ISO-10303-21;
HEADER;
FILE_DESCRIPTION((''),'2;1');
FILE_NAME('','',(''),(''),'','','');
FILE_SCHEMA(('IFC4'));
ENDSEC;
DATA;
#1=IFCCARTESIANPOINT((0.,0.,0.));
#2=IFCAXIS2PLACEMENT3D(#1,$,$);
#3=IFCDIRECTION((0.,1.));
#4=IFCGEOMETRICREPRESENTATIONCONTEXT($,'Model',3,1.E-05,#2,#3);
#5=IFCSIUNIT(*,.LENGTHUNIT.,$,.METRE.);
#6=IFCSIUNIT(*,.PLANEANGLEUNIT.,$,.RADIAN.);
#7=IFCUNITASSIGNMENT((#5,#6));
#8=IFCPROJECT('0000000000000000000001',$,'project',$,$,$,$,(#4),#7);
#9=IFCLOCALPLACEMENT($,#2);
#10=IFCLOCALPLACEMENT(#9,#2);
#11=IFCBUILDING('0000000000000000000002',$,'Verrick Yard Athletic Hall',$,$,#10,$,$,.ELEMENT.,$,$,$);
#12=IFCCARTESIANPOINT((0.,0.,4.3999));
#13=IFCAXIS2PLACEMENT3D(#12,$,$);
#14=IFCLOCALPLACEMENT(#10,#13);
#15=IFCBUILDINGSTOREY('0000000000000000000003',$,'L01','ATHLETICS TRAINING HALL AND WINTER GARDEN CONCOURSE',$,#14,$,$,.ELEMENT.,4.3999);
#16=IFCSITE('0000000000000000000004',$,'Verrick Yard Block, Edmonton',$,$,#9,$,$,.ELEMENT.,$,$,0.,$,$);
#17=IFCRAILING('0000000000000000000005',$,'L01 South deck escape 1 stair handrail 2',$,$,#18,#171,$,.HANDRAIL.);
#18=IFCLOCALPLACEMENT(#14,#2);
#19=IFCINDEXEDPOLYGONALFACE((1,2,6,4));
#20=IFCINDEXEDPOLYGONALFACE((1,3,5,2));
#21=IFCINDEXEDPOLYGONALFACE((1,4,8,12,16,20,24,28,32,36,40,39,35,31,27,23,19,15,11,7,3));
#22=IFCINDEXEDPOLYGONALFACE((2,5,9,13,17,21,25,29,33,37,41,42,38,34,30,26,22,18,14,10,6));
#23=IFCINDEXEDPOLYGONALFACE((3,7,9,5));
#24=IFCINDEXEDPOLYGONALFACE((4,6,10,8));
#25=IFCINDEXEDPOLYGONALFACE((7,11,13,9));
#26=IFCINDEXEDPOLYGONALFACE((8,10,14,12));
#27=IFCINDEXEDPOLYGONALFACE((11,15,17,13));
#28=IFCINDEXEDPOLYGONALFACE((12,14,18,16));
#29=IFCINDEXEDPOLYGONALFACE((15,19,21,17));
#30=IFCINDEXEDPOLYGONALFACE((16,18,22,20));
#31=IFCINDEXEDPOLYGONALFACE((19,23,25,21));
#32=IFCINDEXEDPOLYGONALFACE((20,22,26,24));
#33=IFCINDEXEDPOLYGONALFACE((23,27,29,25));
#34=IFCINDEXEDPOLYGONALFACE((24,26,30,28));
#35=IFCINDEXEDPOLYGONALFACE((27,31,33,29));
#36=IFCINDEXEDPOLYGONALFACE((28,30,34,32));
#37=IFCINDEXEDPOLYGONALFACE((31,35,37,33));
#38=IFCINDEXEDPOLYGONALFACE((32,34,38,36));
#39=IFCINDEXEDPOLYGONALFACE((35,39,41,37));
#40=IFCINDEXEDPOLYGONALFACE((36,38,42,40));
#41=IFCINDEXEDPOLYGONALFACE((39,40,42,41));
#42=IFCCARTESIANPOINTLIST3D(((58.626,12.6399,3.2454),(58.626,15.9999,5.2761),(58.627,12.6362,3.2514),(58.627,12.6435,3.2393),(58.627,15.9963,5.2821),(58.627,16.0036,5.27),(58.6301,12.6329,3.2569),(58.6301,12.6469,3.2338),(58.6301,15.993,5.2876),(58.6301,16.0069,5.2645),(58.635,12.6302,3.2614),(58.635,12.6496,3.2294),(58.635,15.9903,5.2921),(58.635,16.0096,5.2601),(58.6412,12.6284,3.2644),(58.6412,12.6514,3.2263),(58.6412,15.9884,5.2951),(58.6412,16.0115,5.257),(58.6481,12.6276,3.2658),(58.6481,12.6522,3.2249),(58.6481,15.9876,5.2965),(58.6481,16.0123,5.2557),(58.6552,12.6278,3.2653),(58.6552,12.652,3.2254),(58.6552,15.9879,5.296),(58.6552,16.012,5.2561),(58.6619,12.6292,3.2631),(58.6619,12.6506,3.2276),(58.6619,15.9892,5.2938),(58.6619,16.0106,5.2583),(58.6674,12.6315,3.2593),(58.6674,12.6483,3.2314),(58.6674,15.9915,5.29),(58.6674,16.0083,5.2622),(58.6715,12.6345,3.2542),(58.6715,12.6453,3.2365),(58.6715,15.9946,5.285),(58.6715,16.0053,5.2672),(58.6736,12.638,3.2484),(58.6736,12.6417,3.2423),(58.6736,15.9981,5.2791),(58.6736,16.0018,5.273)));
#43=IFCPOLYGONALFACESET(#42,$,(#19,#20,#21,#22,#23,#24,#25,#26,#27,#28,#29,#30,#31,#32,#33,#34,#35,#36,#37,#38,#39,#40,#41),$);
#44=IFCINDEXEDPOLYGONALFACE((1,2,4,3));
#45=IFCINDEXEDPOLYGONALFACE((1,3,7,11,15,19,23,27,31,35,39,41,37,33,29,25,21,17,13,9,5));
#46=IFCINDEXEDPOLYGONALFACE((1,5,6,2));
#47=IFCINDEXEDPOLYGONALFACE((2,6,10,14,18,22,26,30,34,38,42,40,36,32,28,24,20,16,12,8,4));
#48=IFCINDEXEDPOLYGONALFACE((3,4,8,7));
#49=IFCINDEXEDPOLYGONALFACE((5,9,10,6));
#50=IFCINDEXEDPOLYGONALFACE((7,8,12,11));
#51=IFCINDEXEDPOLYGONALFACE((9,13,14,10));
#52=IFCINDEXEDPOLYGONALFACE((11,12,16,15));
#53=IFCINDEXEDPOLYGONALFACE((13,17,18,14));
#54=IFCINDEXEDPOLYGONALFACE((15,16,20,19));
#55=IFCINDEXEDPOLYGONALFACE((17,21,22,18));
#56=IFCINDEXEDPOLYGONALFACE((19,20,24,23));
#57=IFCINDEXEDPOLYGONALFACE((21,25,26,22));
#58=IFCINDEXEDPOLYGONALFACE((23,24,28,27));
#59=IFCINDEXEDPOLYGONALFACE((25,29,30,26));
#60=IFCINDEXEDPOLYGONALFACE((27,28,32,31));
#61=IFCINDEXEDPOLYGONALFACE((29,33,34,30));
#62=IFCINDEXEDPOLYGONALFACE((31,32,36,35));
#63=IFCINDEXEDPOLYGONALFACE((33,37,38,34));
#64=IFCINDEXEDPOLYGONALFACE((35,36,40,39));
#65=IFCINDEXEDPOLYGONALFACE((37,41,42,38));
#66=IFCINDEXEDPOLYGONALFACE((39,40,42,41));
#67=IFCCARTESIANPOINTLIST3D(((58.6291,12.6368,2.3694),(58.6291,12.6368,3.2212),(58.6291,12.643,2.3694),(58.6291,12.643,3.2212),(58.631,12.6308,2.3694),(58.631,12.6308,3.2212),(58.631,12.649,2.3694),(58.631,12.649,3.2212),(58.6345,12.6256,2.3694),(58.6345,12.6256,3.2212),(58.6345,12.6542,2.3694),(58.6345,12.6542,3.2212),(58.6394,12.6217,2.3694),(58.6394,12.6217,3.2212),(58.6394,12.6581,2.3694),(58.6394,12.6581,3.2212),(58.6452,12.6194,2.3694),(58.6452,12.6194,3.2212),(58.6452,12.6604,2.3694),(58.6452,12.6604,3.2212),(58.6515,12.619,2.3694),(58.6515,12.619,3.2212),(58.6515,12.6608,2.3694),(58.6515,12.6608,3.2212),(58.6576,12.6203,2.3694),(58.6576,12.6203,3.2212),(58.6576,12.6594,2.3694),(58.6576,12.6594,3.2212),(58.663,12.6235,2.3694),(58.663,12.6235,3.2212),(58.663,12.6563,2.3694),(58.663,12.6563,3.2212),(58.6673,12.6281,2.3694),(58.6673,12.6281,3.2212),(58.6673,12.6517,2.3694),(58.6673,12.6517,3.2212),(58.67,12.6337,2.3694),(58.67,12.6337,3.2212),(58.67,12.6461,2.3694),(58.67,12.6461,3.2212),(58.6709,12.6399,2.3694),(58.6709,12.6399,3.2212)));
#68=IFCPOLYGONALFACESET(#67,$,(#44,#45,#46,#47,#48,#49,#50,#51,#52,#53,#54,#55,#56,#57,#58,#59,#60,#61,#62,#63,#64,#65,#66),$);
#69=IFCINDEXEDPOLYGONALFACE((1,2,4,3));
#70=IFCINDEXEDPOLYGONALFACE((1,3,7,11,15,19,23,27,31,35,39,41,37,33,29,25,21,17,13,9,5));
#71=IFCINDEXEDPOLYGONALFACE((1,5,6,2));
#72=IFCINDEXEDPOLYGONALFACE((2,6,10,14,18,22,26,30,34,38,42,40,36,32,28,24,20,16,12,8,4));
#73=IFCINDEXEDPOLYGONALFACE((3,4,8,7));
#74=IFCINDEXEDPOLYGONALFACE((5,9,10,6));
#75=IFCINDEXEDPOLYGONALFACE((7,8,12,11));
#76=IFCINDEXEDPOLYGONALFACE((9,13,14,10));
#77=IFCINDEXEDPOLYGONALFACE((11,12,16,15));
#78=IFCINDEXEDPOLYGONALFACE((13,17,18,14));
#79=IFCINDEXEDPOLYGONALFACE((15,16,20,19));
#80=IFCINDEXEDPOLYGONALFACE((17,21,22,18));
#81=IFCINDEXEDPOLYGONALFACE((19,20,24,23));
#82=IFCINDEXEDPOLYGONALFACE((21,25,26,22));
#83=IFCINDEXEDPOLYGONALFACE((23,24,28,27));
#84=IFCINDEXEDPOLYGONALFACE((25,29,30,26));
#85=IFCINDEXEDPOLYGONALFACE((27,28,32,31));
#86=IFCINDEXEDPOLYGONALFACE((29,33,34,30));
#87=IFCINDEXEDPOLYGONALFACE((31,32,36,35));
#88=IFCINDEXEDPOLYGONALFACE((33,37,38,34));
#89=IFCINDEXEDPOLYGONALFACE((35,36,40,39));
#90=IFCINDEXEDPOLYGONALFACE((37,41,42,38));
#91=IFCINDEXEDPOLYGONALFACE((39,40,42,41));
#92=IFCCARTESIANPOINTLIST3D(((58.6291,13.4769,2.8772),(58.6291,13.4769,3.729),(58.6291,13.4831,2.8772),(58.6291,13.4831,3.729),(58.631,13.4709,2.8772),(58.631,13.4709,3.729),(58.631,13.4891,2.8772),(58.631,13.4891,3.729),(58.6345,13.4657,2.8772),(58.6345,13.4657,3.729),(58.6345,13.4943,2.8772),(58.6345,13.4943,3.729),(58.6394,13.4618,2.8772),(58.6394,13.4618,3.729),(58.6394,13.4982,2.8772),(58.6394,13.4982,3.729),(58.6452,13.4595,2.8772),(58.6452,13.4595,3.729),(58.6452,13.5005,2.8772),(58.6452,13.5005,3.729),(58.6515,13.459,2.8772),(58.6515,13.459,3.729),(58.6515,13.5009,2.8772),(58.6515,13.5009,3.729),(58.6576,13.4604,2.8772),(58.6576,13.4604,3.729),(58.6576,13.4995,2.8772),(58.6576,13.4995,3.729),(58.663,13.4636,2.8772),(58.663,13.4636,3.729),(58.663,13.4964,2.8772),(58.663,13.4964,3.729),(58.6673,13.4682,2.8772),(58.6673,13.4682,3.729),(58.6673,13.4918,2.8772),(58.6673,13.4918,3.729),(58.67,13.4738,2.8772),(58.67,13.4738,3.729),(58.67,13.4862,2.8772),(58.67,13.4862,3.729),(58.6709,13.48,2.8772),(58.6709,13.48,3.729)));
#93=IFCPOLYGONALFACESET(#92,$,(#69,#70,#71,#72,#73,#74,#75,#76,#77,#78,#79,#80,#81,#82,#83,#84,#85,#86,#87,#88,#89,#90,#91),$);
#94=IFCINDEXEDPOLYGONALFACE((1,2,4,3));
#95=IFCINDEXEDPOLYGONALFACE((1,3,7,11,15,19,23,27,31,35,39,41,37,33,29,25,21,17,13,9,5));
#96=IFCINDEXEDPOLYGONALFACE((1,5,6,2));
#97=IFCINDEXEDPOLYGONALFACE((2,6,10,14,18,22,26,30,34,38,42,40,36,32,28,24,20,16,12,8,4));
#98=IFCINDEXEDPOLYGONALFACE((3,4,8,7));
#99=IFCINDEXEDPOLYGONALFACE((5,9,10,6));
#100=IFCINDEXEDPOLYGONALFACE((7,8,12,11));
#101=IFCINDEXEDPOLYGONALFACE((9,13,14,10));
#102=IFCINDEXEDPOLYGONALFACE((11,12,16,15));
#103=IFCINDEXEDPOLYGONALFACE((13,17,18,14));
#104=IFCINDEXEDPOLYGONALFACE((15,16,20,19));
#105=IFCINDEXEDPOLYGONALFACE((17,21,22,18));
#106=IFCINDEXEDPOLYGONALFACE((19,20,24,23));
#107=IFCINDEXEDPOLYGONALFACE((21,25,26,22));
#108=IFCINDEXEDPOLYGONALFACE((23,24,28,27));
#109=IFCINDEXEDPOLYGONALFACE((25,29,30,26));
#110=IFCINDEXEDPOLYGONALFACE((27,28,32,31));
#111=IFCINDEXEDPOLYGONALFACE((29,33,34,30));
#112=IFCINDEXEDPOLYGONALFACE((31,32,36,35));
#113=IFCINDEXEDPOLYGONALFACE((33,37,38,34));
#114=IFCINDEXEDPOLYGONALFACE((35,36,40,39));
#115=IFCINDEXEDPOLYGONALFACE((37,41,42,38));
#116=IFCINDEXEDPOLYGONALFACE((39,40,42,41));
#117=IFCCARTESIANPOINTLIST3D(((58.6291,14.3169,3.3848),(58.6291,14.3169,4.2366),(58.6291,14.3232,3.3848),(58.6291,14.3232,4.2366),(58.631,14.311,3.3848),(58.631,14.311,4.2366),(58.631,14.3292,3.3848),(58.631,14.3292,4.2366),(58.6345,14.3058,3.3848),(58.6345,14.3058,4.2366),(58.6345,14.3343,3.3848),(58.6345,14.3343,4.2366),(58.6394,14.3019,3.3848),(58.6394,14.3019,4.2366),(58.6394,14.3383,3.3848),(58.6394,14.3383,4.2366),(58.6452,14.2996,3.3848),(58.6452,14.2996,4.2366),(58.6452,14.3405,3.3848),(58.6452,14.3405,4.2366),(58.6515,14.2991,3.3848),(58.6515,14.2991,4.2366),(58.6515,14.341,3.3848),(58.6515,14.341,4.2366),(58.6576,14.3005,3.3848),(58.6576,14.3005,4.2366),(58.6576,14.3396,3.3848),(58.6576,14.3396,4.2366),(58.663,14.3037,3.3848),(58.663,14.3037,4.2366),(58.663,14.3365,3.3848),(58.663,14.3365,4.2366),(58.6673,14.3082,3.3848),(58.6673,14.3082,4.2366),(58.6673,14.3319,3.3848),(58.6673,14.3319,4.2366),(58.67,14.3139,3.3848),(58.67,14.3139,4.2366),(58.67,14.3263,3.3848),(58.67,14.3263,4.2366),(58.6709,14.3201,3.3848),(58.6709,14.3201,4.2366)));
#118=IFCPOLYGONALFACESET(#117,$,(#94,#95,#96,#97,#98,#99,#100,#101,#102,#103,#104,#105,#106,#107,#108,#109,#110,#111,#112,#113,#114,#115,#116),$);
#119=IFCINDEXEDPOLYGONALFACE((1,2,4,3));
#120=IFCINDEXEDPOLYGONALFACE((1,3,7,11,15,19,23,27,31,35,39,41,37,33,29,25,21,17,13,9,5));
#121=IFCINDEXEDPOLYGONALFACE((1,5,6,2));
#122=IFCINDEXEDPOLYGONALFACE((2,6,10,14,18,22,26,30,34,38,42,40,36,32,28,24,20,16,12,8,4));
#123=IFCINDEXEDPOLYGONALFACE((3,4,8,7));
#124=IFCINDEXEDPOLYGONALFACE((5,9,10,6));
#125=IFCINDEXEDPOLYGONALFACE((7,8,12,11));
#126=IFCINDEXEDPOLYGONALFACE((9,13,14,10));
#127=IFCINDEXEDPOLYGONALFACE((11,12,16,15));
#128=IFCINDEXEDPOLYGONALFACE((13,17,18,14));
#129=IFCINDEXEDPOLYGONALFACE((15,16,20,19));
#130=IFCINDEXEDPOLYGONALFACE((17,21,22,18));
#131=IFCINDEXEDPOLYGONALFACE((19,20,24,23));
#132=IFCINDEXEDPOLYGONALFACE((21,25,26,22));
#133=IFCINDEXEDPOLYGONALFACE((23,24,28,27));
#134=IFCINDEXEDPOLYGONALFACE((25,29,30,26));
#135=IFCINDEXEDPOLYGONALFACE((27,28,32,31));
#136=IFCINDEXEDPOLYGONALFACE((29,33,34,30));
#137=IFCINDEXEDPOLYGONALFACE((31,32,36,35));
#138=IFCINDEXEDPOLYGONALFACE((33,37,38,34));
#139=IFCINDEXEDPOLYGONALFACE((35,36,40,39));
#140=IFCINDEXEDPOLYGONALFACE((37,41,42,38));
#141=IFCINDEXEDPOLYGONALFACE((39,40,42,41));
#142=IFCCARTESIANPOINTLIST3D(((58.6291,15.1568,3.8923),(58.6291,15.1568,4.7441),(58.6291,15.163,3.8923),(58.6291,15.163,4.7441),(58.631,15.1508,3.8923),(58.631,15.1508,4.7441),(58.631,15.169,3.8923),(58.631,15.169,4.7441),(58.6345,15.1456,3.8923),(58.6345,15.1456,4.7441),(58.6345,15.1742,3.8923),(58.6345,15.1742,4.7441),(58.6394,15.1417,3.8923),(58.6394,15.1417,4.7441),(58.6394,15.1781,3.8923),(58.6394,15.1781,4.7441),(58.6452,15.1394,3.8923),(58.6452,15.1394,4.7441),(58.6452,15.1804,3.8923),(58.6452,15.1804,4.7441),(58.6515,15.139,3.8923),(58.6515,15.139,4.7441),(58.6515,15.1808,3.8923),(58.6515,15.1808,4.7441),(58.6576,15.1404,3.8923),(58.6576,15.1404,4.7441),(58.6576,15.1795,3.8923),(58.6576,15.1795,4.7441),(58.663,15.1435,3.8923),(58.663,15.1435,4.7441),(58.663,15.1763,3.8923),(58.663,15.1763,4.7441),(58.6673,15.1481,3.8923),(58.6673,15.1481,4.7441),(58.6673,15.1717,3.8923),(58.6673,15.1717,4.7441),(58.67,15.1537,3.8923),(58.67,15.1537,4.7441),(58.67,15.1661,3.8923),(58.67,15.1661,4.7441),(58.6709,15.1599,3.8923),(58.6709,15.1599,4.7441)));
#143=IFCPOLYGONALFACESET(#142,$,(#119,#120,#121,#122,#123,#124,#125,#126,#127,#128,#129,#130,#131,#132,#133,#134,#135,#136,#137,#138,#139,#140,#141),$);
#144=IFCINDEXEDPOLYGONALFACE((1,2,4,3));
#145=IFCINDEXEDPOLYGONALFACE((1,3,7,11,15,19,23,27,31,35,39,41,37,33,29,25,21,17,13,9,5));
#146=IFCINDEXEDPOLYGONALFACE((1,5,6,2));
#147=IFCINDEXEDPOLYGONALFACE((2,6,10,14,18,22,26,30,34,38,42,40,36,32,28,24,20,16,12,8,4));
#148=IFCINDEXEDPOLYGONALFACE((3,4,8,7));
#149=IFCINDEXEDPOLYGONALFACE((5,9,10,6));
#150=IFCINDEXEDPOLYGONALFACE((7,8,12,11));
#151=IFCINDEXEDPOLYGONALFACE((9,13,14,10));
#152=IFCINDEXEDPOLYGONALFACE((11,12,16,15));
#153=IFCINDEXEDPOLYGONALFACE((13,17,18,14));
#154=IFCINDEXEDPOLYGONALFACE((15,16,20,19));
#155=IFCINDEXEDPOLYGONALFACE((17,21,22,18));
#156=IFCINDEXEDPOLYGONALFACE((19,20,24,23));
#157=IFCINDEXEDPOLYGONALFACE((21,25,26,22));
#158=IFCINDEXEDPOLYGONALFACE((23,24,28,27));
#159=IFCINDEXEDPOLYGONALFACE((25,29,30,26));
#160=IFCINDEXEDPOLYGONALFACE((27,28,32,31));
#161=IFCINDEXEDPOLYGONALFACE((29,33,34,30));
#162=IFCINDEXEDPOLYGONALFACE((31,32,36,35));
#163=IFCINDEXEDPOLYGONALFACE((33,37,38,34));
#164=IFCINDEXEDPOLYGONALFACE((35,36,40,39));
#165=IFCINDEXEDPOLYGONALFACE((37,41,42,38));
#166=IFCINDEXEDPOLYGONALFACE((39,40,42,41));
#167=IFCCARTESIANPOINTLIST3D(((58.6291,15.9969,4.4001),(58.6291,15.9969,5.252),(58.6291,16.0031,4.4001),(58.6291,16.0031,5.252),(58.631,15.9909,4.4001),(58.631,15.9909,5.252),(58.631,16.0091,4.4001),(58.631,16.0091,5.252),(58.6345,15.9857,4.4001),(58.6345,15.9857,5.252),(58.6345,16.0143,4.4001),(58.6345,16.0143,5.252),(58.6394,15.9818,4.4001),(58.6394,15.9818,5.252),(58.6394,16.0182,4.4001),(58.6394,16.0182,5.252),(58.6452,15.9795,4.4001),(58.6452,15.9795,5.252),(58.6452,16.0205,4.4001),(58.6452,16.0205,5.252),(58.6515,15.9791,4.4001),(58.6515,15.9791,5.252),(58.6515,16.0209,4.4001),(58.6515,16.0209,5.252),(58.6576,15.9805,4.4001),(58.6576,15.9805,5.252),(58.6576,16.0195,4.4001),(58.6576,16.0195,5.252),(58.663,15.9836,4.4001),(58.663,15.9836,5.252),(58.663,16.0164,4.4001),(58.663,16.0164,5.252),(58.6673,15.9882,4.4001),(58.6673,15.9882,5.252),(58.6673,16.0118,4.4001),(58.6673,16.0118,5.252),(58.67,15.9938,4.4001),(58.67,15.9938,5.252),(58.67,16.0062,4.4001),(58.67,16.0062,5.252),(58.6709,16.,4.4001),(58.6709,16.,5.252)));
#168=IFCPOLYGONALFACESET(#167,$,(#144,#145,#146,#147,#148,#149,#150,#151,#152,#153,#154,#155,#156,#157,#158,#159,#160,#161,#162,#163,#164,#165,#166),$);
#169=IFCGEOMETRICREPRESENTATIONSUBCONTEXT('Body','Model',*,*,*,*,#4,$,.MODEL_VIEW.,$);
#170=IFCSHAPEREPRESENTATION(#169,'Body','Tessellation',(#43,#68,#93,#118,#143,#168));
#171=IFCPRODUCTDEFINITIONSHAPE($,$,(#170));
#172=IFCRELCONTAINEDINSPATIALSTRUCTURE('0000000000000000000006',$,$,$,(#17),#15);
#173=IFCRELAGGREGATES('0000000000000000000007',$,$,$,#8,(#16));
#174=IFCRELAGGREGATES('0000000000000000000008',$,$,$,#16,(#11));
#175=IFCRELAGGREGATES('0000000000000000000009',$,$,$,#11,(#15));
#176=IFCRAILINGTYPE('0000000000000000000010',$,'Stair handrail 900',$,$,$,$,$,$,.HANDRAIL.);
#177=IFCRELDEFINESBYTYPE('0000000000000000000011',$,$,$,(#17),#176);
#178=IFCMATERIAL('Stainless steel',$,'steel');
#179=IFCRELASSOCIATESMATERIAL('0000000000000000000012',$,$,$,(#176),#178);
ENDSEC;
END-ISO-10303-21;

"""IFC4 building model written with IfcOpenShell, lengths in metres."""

from ifc_helpers import new_model, si_unit, direction, frame, origin, origin_2d, place, context, subcontext, project, spatial, circle, extrude, material, type_object, element, save


model = new_model("IFC4")

# Units and contexts
model_context = context("Model", 3, precision=1e-05, world=origin(), true_north=direction((0.0, 1.0)))
body_context = subcontext(model_context, "Body", "Model", "MODEL_VIEW")
ifc_project = project(units=[si_unit("LENGTHUNIT", "METRE"), si_unit("PLANEANGLEUNIT", "RADIAN")], contexts=[model_context])

# Site, building, storey
site_placement = place(None, origin())
site = spatial("IfcSite", under=ifc_project, at=site_placement, Name="Verrick Yard Block, Edmonton", CompositionType="ELEMENT", RefElevation=0.0)
building_placement = place(site_placement, origin())
building = spatial("IfcBuilding", under=site, at=building_placement, Name="Verrick Yard Athletic Hall", CompositionType="ELEMENT")
storey_placement = place(building_placement, frame((0.0, 0.0, 4.3999)))
storey = spatial("IfcBuildingStorey", under=building, at=storey_placement, Name="L01", Description="ATHLETICS TRAINING HALL AND WINTER GARDEN CONCOURSE", CompositionType="ELEMENT", Elevation=4.3999)

# Railing
ifc_material_1 = material(Name="Stainless steel", Category="steel")
railing_type = type_object("IfcRailingType", Name="Stair handrail 900", PredefinedType="HANDRAIL", material=ifc_material_1)
railing_placement = place(storey_placement, frame((58.6499, 12.6399, 2.3694)))
element("IfcRailing", 1, at=railing_placement, inside=storey, type_object=railing_type, Name="L01 South deck escape 1 stair handrail 2", PredefinedType="HANDRAIL", context=body_context, shape_type="SweptSolid", body=[
    extrude(circle(Radius=0.0239, at=origin_2d()), frame((0.0, 0.0, 0.876), z_axis=(0.0, 0.855837, 0.517246), x_axis=(-1.0, 0.0, 0.0)), (0.0, 0.0, 1.0), 3.926),
    extrude(circle(Radius=0.021, at=origin_2d()), origin(), (0.0, 0.0, 1.0), 0.8518),
    extrude(circle(Radius=0.021, at=origin_2d()), frame((0.0, 0.8401, 0.5078)), (0.0, 0.0, 1.0), 0.8518),
    extrude(circle(Radius=0.021, at=origin_2d()), frame((0.0, 1.6802, 1.0154)), (0.0, 0.0, 1.0), 0.8518),
    extrude(circle(Radius=0.021, at=origin_2d()), frame((0.0, 2.52, 1.5229)), (0.0, 0.0, 1.0), 0.8518),
    extrude(circle(Radius=0.021, at=origin_2d()), frame((0.0, 3.3601, 2.0308)), (0.0, 0.0, 1.0), 0.8518),
])

save(model, "model.ifc")
